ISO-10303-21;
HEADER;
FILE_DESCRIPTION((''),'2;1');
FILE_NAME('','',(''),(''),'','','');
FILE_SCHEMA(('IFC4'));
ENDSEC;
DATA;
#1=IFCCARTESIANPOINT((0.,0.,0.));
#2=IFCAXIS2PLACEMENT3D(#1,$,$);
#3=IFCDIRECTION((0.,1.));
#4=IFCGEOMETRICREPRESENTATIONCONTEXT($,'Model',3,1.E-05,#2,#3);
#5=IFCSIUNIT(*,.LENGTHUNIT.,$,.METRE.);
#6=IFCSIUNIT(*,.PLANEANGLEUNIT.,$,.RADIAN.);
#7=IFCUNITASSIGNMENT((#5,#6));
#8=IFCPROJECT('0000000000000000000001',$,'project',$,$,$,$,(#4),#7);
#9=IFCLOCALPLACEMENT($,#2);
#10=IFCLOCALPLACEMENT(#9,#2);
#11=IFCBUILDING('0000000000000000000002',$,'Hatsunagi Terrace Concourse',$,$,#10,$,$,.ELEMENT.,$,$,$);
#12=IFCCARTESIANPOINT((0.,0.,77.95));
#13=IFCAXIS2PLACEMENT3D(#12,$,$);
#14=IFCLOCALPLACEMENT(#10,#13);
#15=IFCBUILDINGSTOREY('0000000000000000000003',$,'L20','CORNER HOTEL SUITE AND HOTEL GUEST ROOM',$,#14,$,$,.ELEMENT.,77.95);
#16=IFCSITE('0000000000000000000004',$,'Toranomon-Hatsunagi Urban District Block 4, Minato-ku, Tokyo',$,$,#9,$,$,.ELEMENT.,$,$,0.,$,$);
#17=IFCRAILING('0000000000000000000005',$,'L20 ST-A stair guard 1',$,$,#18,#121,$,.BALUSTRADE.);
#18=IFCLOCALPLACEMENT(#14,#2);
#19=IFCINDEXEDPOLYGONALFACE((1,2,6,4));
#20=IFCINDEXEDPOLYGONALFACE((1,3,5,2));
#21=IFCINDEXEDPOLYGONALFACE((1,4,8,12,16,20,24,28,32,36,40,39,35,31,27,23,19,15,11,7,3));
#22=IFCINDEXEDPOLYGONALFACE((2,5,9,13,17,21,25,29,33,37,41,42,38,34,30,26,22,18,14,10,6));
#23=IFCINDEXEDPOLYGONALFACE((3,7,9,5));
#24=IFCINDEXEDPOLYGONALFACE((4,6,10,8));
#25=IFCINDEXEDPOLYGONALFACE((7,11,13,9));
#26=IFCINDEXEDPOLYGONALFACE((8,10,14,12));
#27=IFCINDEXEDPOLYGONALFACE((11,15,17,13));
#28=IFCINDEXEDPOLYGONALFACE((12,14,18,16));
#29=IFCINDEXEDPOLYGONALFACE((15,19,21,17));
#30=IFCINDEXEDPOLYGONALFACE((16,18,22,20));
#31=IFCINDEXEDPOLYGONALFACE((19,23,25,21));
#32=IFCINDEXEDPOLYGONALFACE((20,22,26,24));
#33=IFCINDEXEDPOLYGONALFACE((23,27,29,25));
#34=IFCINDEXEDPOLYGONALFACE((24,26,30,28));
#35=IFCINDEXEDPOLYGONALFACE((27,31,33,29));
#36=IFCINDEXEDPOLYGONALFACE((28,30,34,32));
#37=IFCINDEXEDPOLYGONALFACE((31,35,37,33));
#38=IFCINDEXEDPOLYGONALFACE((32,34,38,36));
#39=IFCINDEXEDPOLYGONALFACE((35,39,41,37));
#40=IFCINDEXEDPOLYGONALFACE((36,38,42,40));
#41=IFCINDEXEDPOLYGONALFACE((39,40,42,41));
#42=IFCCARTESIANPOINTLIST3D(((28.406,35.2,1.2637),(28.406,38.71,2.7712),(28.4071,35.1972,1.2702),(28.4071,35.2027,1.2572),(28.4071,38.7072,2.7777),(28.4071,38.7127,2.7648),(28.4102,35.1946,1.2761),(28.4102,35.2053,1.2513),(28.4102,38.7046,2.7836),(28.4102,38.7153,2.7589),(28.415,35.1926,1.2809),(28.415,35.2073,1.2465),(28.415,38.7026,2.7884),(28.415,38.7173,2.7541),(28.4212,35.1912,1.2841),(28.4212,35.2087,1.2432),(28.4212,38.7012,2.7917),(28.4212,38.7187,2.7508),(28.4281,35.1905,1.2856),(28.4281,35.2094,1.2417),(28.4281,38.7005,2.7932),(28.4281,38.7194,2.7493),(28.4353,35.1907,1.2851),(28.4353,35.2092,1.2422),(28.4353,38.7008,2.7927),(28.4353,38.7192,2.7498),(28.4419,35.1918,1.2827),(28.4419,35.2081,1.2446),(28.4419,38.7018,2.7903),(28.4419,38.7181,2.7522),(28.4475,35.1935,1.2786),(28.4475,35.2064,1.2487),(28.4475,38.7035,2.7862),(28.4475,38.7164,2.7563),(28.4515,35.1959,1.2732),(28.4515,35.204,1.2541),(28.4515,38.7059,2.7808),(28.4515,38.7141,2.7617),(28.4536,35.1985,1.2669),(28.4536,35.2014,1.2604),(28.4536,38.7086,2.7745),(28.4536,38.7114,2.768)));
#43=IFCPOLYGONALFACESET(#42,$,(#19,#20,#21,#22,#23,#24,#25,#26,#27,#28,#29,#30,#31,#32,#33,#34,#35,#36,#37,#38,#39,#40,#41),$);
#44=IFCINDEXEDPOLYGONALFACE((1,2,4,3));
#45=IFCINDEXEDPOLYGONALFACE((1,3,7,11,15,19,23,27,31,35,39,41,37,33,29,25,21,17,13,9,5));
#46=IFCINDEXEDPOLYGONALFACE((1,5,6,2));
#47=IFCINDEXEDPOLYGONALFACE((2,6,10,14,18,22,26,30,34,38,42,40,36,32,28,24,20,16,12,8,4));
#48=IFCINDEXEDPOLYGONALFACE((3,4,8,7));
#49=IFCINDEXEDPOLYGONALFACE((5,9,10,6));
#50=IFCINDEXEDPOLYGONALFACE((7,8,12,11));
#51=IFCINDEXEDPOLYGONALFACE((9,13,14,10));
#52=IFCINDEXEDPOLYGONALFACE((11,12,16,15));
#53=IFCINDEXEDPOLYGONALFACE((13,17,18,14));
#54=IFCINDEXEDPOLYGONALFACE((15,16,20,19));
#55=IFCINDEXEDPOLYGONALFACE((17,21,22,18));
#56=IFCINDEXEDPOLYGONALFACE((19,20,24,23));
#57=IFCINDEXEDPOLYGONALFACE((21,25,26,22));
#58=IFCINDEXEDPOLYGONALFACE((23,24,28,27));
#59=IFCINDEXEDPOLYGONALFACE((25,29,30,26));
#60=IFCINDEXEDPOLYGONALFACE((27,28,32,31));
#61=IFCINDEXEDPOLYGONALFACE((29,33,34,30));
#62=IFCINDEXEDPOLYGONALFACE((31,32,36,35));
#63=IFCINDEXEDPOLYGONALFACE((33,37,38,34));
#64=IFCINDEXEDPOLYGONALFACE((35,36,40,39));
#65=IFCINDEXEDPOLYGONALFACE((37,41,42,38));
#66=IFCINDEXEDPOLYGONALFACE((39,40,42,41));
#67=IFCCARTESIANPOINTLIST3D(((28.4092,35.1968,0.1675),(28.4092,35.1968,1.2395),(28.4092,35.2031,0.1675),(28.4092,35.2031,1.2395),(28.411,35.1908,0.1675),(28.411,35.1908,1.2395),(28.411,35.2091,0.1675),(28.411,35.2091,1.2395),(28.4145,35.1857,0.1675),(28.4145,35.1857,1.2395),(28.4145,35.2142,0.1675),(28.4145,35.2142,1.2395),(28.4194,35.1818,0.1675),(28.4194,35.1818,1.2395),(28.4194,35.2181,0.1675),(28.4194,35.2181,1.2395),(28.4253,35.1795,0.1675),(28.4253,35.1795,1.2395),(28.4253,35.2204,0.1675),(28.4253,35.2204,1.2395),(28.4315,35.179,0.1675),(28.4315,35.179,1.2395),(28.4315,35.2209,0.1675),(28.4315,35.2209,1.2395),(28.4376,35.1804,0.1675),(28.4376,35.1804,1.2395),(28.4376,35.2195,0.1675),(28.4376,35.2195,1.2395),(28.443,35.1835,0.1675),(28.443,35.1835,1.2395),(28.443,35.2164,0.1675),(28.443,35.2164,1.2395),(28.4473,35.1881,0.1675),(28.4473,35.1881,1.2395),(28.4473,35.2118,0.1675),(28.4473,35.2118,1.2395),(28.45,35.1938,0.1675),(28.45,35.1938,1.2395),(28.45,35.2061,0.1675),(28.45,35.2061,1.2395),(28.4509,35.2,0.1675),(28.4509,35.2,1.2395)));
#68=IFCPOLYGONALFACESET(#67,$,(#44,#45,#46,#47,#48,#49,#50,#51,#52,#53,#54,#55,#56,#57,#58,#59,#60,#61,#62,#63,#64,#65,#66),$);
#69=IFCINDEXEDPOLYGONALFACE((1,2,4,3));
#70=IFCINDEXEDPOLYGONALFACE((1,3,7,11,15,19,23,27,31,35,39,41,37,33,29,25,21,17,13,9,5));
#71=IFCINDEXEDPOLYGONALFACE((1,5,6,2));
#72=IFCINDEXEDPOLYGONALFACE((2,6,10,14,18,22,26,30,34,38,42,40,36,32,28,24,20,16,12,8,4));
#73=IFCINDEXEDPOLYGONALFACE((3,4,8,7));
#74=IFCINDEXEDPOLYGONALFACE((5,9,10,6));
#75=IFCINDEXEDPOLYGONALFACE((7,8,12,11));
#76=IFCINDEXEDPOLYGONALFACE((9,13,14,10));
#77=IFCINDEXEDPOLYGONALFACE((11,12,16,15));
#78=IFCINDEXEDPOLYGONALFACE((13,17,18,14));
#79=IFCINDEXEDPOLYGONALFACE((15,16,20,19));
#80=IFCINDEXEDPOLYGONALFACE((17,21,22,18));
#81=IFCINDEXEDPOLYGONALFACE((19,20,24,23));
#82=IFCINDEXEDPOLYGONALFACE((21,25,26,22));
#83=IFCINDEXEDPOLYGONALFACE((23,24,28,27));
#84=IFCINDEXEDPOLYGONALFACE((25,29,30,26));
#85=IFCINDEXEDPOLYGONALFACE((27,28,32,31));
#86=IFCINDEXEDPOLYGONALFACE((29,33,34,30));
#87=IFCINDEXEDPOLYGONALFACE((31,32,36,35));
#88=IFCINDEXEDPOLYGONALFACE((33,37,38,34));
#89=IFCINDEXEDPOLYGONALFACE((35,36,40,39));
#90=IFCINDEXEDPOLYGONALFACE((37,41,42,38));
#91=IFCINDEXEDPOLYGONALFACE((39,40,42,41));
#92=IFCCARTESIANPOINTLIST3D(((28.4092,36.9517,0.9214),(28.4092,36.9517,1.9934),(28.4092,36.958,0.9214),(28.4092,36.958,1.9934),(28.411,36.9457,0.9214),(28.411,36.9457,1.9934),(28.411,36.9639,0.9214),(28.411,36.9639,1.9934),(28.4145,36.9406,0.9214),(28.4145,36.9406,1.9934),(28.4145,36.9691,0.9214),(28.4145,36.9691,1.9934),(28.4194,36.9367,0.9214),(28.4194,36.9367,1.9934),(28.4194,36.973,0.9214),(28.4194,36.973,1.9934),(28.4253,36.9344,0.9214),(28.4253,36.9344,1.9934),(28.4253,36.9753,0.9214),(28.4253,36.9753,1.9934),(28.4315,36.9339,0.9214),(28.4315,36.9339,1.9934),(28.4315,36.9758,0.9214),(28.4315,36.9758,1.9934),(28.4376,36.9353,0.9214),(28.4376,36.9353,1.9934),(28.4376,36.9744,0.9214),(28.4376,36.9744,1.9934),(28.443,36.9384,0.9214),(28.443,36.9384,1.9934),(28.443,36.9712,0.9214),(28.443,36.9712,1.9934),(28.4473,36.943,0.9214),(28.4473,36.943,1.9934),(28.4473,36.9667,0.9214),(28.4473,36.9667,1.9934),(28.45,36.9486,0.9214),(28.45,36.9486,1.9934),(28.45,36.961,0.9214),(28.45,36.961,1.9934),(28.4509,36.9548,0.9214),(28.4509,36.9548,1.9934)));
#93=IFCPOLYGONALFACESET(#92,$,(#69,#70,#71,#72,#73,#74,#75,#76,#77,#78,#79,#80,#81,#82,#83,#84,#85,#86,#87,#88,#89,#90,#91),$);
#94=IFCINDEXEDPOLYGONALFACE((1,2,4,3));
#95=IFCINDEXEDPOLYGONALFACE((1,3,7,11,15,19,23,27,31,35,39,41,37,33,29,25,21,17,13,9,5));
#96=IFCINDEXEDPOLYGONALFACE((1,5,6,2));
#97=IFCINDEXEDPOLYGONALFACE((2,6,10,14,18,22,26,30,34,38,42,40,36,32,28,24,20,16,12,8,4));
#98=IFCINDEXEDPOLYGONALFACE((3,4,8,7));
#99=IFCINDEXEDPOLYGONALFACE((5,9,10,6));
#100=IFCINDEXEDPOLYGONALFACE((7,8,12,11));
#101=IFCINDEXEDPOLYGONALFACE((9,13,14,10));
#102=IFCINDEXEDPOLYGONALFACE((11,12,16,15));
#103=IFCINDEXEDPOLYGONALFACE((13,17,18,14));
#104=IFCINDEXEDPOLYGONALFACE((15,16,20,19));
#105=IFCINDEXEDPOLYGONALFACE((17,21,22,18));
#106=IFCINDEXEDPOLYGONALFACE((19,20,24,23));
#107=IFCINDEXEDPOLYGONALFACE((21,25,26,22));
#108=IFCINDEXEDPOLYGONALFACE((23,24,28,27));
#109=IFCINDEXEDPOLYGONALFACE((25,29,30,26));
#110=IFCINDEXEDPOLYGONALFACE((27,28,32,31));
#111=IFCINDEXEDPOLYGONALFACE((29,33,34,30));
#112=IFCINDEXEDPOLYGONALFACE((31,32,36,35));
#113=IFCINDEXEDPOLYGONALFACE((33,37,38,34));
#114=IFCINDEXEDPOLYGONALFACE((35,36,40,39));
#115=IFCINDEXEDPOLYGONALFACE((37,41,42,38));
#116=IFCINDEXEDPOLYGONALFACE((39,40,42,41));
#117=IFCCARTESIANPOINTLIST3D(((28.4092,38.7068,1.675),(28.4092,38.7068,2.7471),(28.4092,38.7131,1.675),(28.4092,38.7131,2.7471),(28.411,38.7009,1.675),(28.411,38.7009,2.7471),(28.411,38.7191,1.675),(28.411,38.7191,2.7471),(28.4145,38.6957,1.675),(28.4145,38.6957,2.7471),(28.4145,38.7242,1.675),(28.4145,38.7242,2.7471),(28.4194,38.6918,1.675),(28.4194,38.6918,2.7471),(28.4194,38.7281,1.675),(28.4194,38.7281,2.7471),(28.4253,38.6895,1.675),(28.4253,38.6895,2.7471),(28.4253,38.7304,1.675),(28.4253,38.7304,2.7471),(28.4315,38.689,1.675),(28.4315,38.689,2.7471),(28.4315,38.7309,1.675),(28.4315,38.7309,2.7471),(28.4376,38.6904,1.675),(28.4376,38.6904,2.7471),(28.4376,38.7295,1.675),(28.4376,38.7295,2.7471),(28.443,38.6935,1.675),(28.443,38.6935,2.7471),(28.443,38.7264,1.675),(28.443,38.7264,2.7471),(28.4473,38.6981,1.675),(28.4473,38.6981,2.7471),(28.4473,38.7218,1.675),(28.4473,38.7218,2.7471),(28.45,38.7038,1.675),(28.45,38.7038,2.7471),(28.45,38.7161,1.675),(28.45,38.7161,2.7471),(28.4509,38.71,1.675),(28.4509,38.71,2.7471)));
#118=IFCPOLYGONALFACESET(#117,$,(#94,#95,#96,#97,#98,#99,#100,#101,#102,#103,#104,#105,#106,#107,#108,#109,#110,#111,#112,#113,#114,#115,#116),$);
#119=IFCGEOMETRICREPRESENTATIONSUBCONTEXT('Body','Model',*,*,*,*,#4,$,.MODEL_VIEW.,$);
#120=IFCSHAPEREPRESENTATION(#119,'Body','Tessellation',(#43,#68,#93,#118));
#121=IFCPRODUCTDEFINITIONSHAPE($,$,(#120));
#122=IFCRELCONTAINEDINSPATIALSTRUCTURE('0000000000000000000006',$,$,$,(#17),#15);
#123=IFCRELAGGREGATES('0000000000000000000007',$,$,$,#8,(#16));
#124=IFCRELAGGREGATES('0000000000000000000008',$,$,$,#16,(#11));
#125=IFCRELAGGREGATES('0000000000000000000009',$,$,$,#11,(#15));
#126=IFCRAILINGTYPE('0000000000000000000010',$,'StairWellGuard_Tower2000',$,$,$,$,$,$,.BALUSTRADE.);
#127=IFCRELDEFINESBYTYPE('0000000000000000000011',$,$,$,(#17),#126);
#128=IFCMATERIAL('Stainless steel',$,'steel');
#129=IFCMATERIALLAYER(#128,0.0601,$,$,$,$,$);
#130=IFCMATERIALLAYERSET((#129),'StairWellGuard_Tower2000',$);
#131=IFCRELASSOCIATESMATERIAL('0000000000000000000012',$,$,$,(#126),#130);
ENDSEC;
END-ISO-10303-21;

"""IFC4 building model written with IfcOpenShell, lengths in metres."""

from ifc_helpers import new_model, si_unit, direction, frame, origin, origin_2d, place, context, subcontext, project, spatial, circle, extrude, material, layer, layer_set, type_object, element, save


model = new_model("IFC4")

# Units and contexts
model_context = context("Model", 3, precision=1e-05, world=origin(), true_north=direction((0.0, 1.0)))
body_context = subcontext(model_context, "Body", "Model", "MODEL_VIEW")
ifc_project = project(units=[si_unit("LENGTHUNIT", "METRE"), si_unit("PLANEANGLEUNIT", "RADIAN")], contexts=[model_context])

# Site, building, storey
site_placement = place(None, origin())
site = spatial("IfcSite", under=ifc_project, at=site_placement, Name="Toranomon-Hatsunagi Urban District Block 4, Minato-ku, Tokyo", CompositionType="ELEMENT", RefElevation=0.0)
building_placement = place(site_placement, origin())
building = spatial("IfcBuilding", under=site, at=building_placement, Name="Hatsunagi Terrace Concourse", CompositionType="ELEMENT")
storey_placement = place(building_placement, frame((0.0, 0.0, 77.95)))
storey = spatial("IfcBuildingStorey", under=building, at=storey_placement, Name="L20", Description="CORNER HOTEL SUITE AND HOTEL GUEST ROOM", CompositionType="ELEMENT", Elevation=77.95)

# Railing
ifc_material_1 = material(Name="Stainless steel", Category="steel")
ifc_layer_1 = layer(ifc_material_1, 0.0601)
ifc_layer_set_1 = layer_set([ifc_layer_1], Name="StairWellGuard_Tower2000")
railing_type_1 = type_object("IfcRailingType", Name="StairWellGuard_Tower2000", PredefinedType="BALUSTRADE", material=ifc_layer_set_1)
railing_1_placement = place(storey_placement, frame((28.4299, 35.2, 0.1675)))
element("IfcRailing", 1, at=railing_1_placement, inside=storey, type_object=railing_type_1, Name="L20 ST-A stair guard 1", PredefinedType="BALUSTRADE", context=body_context, shape_type="SweptSolid", body=[
    extrude(circle(Radius=0.0239, at=origin_2d()), frame((0.0, 0.0, 1.0962), z_axis=(0.0, 0.918834, 0.394644), x_axis=(-1.0, 0.0, 0.0)), (0.0, 0.0, 1.0), 3.8201),
    extrude(circle(Radius=0.021, at=origin_2d()), origin(), (0.0, 0.0, 1.0), 1.072),
    extrude(circle(Radius=0.021, at=origin_2d()), frame((0.0, 1.7549, 0.7539)), (0.0, 0.0, 1.0), 1.072),
    extrude(circle(Radius=0.021, at=origin_2d()), frame((0.0, 3.51, 1.5076)), (0.0, 0.0, 1.0), 1.072),
])

save(model, "model.ifc")
